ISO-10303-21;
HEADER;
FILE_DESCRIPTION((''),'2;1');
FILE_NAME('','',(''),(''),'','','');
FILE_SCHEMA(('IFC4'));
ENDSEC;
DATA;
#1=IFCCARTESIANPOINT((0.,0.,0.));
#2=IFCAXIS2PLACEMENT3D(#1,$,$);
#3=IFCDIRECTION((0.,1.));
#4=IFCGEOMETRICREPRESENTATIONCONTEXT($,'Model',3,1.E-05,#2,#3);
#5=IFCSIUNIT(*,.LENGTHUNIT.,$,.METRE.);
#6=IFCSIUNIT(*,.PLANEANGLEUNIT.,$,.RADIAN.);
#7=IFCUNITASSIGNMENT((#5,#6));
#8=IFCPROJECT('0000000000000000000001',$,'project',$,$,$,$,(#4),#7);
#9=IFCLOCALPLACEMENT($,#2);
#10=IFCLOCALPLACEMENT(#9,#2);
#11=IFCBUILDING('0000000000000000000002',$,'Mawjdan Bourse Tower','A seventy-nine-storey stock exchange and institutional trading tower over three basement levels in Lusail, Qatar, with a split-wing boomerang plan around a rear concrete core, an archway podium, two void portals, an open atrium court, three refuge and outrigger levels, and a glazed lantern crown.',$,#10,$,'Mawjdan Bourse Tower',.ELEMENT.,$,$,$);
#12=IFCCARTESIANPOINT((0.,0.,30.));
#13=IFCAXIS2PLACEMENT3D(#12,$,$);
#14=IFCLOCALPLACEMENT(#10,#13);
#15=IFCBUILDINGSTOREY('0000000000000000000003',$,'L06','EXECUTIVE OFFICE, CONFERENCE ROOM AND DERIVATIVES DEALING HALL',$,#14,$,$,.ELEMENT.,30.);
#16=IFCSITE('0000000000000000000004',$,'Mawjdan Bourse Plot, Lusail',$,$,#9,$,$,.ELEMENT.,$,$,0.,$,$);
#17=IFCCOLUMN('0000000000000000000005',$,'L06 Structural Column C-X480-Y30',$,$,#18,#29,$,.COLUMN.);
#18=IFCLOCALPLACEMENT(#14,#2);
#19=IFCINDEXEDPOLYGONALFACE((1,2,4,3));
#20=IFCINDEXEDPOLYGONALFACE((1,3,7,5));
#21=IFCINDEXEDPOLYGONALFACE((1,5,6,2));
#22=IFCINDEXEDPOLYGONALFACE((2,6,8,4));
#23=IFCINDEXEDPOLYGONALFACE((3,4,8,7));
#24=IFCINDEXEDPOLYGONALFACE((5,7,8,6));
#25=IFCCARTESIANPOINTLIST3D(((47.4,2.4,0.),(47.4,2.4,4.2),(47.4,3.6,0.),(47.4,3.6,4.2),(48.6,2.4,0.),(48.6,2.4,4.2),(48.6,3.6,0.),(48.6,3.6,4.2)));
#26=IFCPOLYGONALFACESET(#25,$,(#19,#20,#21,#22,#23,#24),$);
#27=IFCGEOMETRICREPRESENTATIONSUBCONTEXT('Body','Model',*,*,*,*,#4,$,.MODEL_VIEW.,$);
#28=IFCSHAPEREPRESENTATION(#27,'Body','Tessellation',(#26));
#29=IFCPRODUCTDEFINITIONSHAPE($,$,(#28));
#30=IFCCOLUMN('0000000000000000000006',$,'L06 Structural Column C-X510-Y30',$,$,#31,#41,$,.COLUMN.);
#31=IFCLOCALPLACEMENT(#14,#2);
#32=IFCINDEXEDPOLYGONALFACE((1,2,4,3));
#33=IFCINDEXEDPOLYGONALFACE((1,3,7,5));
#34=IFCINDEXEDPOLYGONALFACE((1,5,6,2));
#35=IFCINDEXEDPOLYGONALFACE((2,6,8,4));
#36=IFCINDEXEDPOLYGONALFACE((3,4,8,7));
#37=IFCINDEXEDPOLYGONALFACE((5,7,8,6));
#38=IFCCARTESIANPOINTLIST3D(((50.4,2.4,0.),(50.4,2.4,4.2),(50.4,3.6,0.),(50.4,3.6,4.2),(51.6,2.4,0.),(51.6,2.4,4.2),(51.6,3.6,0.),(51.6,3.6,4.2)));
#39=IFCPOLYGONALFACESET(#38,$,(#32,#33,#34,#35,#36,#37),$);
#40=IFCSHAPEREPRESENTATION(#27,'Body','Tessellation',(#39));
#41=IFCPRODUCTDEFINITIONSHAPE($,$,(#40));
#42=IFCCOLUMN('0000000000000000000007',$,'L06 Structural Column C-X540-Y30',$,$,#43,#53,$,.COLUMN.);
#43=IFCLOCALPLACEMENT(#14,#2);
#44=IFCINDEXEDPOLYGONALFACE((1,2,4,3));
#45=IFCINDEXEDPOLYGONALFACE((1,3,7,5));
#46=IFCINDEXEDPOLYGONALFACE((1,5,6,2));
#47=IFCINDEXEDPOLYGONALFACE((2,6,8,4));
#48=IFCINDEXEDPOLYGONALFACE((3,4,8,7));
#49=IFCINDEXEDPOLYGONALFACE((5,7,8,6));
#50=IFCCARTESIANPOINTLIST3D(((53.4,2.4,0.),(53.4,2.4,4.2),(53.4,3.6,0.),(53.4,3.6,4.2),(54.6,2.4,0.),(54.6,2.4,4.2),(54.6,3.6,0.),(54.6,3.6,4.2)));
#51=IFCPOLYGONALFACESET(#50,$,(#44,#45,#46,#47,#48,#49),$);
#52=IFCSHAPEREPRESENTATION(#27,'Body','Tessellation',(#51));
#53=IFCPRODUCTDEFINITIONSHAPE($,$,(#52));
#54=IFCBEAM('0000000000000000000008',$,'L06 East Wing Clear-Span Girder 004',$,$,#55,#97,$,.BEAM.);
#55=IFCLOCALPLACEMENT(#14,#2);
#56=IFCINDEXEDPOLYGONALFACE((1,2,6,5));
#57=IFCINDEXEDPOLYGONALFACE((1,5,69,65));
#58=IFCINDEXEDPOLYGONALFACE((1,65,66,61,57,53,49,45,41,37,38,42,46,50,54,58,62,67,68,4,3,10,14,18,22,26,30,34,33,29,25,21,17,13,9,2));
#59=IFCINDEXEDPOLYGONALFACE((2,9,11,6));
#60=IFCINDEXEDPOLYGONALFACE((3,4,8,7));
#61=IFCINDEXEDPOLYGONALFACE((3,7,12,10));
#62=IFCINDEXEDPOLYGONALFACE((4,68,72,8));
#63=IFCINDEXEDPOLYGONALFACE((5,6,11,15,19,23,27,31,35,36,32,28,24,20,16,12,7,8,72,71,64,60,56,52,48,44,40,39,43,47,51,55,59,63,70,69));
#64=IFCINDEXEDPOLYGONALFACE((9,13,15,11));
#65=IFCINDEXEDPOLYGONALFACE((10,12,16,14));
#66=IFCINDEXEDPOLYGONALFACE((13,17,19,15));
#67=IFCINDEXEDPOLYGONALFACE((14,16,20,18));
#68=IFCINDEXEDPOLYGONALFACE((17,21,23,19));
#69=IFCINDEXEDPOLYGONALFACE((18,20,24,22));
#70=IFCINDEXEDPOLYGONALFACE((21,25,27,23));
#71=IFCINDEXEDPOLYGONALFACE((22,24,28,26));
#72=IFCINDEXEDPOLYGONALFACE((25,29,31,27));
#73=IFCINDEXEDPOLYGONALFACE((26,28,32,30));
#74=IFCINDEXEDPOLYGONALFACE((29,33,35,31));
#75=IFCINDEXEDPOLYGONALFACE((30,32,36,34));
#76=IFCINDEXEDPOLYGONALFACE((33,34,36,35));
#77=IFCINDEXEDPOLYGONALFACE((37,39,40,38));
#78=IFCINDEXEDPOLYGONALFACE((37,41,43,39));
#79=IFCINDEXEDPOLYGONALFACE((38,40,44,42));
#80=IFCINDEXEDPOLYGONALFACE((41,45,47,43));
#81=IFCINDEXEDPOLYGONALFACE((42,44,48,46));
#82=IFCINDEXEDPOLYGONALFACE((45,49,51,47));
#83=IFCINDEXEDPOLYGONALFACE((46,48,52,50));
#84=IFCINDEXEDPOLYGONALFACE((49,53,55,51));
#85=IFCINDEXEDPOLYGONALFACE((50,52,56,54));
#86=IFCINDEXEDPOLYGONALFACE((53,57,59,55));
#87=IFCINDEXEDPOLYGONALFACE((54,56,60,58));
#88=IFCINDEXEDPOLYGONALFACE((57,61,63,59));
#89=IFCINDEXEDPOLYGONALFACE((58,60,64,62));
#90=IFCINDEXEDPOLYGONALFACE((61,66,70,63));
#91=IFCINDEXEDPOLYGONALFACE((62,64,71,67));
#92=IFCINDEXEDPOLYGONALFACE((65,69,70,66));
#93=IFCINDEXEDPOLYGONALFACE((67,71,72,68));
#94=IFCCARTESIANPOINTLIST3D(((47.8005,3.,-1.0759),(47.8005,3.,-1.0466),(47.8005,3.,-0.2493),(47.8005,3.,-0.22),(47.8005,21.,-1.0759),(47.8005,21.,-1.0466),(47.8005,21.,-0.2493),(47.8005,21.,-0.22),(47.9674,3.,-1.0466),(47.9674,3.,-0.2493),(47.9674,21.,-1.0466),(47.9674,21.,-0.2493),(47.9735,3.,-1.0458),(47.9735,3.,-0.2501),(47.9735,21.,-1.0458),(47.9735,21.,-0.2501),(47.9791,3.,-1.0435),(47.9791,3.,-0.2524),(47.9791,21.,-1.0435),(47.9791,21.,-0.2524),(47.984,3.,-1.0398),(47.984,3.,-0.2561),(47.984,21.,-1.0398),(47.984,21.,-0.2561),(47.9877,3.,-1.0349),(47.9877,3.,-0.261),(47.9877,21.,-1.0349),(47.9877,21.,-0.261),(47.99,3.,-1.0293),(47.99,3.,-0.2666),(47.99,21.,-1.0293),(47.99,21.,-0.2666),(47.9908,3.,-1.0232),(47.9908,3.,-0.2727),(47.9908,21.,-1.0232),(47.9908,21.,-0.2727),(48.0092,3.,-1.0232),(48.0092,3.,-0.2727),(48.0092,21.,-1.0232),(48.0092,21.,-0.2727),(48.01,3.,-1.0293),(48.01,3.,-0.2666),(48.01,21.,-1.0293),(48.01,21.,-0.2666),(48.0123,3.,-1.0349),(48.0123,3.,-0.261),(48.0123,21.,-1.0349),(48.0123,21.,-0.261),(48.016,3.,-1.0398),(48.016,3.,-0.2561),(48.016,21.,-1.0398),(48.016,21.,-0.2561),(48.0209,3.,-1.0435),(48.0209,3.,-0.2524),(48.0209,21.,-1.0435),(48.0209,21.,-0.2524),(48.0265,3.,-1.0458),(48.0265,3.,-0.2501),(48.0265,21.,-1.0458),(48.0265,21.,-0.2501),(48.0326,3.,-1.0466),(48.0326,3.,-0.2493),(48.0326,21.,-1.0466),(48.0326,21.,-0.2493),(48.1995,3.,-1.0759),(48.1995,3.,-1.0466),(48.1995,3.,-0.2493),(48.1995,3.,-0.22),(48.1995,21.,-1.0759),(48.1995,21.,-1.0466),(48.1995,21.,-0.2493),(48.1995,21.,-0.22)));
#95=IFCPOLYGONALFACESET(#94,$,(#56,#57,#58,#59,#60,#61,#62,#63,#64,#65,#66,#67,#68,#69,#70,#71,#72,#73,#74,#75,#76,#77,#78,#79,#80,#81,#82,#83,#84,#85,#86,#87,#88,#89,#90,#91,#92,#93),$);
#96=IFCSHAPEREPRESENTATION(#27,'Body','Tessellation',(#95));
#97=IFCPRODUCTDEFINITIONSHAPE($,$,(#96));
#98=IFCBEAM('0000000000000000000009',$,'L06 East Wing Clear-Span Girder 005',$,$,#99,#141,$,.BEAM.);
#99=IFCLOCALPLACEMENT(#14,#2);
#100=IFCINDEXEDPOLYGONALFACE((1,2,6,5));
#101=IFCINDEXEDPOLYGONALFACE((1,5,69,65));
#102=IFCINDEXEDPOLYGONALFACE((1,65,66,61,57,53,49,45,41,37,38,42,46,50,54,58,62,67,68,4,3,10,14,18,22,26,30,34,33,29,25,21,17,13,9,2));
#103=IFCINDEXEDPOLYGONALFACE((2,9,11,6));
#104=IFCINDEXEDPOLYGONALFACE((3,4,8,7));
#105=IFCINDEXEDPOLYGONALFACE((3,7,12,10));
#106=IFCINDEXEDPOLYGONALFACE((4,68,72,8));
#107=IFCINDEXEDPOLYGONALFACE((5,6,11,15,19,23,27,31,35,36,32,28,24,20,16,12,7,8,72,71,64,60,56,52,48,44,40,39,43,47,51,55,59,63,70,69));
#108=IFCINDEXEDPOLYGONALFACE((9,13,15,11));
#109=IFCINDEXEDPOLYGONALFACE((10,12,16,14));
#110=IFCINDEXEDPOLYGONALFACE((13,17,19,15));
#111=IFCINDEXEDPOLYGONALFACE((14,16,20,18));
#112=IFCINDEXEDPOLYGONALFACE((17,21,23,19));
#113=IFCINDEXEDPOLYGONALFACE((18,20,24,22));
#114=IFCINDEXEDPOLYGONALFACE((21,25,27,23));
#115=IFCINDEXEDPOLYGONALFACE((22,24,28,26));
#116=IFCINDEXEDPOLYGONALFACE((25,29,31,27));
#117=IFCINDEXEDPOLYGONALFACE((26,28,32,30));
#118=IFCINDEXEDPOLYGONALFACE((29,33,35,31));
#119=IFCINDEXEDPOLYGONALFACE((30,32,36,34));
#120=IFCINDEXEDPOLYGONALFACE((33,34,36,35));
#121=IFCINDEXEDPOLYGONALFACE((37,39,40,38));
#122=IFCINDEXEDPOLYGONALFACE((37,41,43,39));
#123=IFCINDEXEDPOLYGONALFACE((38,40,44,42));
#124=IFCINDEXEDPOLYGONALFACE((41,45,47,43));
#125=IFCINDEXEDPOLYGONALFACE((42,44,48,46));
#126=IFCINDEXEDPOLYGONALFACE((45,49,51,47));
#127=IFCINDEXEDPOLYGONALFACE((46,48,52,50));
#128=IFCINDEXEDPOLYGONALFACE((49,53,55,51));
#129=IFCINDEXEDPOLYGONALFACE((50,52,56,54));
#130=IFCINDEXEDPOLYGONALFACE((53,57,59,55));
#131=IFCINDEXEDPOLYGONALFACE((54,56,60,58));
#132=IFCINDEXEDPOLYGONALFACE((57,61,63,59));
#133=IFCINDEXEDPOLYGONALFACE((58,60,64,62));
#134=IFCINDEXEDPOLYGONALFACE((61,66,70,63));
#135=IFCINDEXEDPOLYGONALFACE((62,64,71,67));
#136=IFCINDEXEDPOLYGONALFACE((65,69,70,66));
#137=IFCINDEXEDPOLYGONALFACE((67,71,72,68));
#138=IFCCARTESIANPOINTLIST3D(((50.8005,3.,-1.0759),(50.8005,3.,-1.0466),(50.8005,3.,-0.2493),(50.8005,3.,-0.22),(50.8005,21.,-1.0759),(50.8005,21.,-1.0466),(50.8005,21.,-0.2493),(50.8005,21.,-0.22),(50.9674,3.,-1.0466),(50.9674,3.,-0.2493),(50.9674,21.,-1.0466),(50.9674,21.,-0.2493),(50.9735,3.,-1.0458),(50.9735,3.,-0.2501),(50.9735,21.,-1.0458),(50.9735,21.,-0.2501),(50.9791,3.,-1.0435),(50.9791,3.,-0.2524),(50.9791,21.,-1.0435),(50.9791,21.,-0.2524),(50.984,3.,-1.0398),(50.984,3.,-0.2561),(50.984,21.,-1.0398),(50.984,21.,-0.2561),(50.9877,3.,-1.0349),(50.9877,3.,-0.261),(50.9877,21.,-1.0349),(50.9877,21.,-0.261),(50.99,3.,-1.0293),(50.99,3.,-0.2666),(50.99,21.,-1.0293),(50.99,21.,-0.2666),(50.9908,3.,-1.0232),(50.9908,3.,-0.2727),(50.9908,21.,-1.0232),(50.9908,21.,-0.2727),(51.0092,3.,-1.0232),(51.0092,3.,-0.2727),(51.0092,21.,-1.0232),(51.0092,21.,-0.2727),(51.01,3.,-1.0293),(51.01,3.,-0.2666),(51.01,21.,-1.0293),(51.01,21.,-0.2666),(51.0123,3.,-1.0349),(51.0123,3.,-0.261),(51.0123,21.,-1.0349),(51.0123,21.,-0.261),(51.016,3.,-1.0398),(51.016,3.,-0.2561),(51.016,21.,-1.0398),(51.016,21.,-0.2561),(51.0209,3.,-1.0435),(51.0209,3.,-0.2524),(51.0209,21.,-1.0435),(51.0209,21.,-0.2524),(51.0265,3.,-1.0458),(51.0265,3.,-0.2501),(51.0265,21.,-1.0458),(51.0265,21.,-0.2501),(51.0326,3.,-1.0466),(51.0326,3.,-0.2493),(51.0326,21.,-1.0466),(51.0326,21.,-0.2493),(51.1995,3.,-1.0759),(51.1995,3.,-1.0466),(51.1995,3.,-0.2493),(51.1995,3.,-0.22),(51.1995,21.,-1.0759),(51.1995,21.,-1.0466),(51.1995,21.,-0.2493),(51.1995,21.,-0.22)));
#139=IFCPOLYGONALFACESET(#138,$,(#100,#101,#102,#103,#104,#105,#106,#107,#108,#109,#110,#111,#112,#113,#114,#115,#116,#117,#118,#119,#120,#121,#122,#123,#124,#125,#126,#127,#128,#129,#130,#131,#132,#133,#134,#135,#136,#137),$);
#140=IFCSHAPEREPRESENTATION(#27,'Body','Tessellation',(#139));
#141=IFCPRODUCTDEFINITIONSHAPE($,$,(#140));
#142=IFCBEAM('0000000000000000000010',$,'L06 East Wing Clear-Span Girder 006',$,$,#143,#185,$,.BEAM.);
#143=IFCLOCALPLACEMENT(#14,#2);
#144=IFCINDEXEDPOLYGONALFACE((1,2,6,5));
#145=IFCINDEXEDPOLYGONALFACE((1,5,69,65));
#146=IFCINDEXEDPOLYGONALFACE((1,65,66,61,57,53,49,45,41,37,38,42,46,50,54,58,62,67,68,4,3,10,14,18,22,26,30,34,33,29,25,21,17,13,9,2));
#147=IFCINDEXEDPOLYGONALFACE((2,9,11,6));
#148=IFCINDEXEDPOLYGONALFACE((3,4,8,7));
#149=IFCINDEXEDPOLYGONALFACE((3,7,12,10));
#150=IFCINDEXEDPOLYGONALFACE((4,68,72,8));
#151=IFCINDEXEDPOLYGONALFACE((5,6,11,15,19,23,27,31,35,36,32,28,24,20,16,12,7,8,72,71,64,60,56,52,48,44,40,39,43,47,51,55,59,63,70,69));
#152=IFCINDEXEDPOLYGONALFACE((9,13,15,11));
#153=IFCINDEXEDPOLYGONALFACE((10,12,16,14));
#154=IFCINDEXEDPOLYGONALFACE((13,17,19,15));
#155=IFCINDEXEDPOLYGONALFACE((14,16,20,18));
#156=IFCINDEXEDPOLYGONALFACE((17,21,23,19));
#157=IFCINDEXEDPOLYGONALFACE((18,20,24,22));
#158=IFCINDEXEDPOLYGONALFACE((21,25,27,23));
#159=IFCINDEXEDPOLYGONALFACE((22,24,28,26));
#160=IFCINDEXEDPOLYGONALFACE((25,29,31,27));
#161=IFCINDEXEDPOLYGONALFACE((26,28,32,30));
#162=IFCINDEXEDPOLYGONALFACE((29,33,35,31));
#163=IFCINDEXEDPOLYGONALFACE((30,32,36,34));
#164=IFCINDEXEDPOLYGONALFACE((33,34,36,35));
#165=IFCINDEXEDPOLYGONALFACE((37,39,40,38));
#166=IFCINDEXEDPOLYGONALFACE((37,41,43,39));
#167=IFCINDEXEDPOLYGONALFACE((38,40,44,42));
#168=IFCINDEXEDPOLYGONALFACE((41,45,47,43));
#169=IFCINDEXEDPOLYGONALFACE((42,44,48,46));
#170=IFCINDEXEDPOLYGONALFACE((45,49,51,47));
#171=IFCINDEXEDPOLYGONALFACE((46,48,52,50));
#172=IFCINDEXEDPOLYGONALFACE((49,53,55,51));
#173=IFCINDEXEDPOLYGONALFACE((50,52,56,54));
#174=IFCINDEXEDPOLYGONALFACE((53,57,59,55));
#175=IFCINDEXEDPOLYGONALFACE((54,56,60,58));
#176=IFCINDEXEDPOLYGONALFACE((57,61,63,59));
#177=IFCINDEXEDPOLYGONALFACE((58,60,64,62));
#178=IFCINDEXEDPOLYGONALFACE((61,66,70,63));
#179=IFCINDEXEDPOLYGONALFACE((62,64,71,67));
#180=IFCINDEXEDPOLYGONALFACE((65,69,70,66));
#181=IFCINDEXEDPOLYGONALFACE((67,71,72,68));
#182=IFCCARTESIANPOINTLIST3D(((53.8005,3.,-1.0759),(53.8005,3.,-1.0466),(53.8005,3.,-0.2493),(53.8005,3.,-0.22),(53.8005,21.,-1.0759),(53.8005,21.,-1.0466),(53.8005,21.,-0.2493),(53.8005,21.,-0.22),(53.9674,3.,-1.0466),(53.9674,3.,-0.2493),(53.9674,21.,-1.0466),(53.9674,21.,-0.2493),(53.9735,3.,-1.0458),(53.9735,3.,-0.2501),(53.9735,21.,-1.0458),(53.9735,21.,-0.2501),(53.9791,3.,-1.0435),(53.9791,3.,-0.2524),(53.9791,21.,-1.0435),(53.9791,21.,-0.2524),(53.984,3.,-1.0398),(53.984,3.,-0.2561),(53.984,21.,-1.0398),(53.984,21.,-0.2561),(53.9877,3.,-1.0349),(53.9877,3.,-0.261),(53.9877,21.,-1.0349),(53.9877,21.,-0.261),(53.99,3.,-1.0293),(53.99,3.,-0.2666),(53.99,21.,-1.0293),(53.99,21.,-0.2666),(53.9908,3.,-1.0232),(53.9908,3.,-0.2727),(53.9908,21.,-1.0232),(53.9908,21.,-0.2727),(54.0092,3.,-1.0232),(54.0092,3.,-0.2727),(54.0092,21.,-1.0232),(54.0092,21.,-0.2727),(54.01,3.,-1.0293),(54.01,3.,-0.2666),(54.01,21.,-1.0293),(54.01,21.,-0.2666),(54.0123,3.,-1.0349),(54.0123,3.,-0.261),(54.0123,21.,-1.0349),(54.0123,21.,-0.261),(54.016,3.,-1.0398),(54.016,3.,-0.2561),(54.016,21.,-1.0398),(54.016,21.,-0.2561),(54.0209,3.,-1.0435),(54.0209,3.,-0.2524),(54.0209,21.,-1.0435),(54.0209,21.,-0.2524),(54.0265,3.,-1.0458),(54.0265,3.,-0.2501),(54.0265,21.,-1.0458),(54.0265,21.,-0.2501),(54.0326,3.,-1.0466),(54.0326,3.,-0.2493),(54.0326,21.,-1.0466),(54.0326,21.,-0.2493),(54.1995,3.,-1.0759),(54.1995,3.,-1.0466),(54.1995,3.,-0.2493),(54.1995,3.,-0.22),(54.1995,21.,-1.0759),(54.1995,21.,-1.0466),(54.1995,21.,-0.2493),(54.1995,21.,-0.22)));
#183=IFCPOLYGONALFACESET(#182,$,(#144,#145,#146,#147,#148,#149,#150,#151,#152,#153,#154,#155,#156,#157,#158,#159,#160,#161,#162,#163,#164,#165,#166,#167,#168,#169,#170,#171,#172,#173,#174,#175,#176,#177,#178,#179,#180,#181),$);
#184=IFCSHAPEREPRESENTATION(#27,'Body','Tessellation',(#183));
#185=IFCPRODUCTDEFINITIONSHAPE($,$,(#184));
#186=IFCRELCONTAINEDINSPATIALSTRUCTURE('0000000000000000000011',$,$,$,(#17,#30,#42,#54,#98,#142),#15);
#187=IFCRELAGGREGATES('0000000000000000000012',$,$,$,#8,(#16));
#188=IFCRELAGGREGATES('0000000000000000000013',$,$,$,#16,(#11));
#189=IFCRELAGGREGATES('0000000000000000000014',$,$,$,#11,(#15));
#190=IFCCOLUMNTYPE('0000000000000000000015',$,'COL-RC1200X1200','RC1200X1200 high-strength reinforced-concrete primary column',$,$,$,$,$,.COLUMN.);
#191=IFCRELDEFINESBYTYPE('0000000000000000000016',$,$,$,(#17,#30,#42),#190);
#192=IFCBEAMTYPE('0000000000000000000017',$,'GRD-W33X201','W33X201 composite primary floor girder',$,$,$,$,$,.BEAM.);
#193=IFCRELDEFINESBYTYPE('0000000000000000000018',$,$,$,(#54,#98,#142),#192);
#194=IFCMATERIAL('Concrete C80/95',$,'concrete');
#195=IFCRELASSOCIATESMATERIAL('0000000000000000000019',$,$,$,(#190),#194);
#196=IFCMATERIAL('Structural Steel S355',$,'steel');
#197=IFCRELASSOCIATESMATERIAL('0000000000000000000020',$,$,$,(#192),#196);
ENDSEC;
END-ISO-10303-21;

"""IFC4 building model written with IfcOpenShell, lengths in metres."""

from ifc_helpers import new_model, si_unit, direction, frame, origin, origin_2d, place, context, subcontext, project, spatial, rectangle, i_section, extrude, material, material_profile, profile_set, type_object, element, save


model = new_model("IFC4")

# Units and contexts
model_context = context("Model", 3, precision=1e-05, world=origin(), true_north=direction((0.0, 1.0)))
body_context = subcontext(model_context, "Body", "Model", "MODEL_VIEW")
ifc_project = project(units=[si_unit("LENGTHUNIT", "METRE"), si_unit("PLANEANGLEUNIT", "RADIAN")], contexts=[model_context])

# Site, building, storey
site_placement = place(None, origin())
site = spatial("IfcSite", under=ifc_project, at=site_placement, Name="Mawjdan Bourse Plot, Lusail", CompositionType="ELEMENT", RefElevation=0.0)
building_placement = place(site_placement, origin())
building = spatial("IfcBuilding", under=site, at=building_placement, Name="Mawjdan Bourse Tower", Description="A seventy-nine-storey stock exchange and institutional trading tower over three basement levels in Lusail, Qatar, with a split-wing boomerang plan around a rear concrete core, an archway podium, two void portals, an open atrium court, three refuge and outrigger levels, and a glazed lantern crown.", LongName="Mawjdan Bourse Tower", CompositionType="ELEMENT")
storey_placement = place(building_placement, frame((0.0, 0.0, 30.0)))
storey = spatial("IfcBuildingStorey", under=building, at=storey_placement, Name="L06", Description="EXECUTIVE OFFICE, CONFERENCE ROOM AND DERIVATIVES DEALING HALL", CompositionType="ELEMENT", Elevation=30.0)

# Columns
ifc_material_1 = material(Name="Concrete C80/95", Category="concrete")
ifc_material_profile_1 = material_profile(ifc_material_1, rectangle(XDim=1.2, YDim=1.2, at=origin_2d()), Name="RC1200X1200")
ifc_profile_set_1 = profile_set([ifc_material_profile_1], Name="Concrete C80/95")
column_type = type_object("IfcColumnType", Name="COL-RC1200X1200", Description="RC1200X1200 high-strength reinforced-concrete primary column", PredefinedType="COLUMN", material=ifc_profile_set_1)
for number, where, z_axis, x_axis, name in (
    (1, (48.0, 3.0, 0.0), (0.0, 0.0, 1.0), (1.0, 0.0, 0.0), "L06 Structural Column C-X480-Y30"),
    (2, (51.0, 3.0, 0.0), (0.0, 0.0, 1.0), (1.0, 0.0, 0.0), "L06 Structural Column C-X510-Y30"),
    (3, (54.0, 3.0, 0.0), (0.0, 0.0, 1.0), (1.0, 0.0, 0.0), "L06 Structural Column C-X540-Y30"),
):
    element("IfcColumn", number, at=place(storey_placement, frame(where, z_axis=z_axis, x_axis=x_axis)), inside=storey, type_object=column_type, Name=name, PredefinedType="COLUMN", context=body_context, shape_type="SweptSolid", body=[
        extrude(rectangle(XDim=1.2, YDim=1.2, at=origin_2d()), origin(), (0.0, 0.0, 1.0), 4.2),
    ])

# Beams
ifc_material_2 = material(Name="Structural Steel S355", Category="steel")
ifc_material_profile_2 = material_profile(ifc_material_2, i_section(OverallWidth=0.3989, OverallDepth=0.856, WebThickness=0.0183, FlangeThickness=0.0293, FilletRadius=0.0234, at=origin_2d()), Name="W33X201")
ifc_profile_set_2 = profile_set([ifc_material_profile_2], Name="Structural Steel S355")
beam_type_1 = type_object("IfcBeamType", Name="GRD-W33X201", Description="W33X201 composite primary floor girder", PredefinedType="BEAM", material=ifc_profile_set_2)
for number, where, z_axis, x_axis, name in (
    (4, (48.0, 3.0, -0.6479), (0.0, 1.0, 0.0), (-1.0, 0.0, 0.0), "L06 East Wing Clear-Span Girder 004"),
    (5, (51.0, 3.0, -0.6479), (0.0, 1.0, 0.0), (-1.0, 0.0, 0.0), "L06 East Wing Clear-Span Girder 005"),
    (6, (54.0, 3.0, -0.6479), (0.0, 1.0, 0.0), (-1.0, 0.0, 0.0), "L06 East Wing Clear-Span Girder 006"),
):
    element("IfcBeam", number, at=place(storey_placement, frame(where, z_axis=z_axis, x_axis=x_axis)), inside=storey, type_object=beam_type_1, Name=name, PredefinedType="BEAM", context=body_context, shape_type="SweptSolid", body=[
        extrude(i_section(OverallWidth=0.3989, OverallDepth=0.856, WebThickness=0.0183, FlangeThickness=0.0293, FilletRadius=0.0234, at=origin_2d()), origin(), (0.0, 0.0, 1.0), 18.0),
    ])

save(model, "model.ifc")
